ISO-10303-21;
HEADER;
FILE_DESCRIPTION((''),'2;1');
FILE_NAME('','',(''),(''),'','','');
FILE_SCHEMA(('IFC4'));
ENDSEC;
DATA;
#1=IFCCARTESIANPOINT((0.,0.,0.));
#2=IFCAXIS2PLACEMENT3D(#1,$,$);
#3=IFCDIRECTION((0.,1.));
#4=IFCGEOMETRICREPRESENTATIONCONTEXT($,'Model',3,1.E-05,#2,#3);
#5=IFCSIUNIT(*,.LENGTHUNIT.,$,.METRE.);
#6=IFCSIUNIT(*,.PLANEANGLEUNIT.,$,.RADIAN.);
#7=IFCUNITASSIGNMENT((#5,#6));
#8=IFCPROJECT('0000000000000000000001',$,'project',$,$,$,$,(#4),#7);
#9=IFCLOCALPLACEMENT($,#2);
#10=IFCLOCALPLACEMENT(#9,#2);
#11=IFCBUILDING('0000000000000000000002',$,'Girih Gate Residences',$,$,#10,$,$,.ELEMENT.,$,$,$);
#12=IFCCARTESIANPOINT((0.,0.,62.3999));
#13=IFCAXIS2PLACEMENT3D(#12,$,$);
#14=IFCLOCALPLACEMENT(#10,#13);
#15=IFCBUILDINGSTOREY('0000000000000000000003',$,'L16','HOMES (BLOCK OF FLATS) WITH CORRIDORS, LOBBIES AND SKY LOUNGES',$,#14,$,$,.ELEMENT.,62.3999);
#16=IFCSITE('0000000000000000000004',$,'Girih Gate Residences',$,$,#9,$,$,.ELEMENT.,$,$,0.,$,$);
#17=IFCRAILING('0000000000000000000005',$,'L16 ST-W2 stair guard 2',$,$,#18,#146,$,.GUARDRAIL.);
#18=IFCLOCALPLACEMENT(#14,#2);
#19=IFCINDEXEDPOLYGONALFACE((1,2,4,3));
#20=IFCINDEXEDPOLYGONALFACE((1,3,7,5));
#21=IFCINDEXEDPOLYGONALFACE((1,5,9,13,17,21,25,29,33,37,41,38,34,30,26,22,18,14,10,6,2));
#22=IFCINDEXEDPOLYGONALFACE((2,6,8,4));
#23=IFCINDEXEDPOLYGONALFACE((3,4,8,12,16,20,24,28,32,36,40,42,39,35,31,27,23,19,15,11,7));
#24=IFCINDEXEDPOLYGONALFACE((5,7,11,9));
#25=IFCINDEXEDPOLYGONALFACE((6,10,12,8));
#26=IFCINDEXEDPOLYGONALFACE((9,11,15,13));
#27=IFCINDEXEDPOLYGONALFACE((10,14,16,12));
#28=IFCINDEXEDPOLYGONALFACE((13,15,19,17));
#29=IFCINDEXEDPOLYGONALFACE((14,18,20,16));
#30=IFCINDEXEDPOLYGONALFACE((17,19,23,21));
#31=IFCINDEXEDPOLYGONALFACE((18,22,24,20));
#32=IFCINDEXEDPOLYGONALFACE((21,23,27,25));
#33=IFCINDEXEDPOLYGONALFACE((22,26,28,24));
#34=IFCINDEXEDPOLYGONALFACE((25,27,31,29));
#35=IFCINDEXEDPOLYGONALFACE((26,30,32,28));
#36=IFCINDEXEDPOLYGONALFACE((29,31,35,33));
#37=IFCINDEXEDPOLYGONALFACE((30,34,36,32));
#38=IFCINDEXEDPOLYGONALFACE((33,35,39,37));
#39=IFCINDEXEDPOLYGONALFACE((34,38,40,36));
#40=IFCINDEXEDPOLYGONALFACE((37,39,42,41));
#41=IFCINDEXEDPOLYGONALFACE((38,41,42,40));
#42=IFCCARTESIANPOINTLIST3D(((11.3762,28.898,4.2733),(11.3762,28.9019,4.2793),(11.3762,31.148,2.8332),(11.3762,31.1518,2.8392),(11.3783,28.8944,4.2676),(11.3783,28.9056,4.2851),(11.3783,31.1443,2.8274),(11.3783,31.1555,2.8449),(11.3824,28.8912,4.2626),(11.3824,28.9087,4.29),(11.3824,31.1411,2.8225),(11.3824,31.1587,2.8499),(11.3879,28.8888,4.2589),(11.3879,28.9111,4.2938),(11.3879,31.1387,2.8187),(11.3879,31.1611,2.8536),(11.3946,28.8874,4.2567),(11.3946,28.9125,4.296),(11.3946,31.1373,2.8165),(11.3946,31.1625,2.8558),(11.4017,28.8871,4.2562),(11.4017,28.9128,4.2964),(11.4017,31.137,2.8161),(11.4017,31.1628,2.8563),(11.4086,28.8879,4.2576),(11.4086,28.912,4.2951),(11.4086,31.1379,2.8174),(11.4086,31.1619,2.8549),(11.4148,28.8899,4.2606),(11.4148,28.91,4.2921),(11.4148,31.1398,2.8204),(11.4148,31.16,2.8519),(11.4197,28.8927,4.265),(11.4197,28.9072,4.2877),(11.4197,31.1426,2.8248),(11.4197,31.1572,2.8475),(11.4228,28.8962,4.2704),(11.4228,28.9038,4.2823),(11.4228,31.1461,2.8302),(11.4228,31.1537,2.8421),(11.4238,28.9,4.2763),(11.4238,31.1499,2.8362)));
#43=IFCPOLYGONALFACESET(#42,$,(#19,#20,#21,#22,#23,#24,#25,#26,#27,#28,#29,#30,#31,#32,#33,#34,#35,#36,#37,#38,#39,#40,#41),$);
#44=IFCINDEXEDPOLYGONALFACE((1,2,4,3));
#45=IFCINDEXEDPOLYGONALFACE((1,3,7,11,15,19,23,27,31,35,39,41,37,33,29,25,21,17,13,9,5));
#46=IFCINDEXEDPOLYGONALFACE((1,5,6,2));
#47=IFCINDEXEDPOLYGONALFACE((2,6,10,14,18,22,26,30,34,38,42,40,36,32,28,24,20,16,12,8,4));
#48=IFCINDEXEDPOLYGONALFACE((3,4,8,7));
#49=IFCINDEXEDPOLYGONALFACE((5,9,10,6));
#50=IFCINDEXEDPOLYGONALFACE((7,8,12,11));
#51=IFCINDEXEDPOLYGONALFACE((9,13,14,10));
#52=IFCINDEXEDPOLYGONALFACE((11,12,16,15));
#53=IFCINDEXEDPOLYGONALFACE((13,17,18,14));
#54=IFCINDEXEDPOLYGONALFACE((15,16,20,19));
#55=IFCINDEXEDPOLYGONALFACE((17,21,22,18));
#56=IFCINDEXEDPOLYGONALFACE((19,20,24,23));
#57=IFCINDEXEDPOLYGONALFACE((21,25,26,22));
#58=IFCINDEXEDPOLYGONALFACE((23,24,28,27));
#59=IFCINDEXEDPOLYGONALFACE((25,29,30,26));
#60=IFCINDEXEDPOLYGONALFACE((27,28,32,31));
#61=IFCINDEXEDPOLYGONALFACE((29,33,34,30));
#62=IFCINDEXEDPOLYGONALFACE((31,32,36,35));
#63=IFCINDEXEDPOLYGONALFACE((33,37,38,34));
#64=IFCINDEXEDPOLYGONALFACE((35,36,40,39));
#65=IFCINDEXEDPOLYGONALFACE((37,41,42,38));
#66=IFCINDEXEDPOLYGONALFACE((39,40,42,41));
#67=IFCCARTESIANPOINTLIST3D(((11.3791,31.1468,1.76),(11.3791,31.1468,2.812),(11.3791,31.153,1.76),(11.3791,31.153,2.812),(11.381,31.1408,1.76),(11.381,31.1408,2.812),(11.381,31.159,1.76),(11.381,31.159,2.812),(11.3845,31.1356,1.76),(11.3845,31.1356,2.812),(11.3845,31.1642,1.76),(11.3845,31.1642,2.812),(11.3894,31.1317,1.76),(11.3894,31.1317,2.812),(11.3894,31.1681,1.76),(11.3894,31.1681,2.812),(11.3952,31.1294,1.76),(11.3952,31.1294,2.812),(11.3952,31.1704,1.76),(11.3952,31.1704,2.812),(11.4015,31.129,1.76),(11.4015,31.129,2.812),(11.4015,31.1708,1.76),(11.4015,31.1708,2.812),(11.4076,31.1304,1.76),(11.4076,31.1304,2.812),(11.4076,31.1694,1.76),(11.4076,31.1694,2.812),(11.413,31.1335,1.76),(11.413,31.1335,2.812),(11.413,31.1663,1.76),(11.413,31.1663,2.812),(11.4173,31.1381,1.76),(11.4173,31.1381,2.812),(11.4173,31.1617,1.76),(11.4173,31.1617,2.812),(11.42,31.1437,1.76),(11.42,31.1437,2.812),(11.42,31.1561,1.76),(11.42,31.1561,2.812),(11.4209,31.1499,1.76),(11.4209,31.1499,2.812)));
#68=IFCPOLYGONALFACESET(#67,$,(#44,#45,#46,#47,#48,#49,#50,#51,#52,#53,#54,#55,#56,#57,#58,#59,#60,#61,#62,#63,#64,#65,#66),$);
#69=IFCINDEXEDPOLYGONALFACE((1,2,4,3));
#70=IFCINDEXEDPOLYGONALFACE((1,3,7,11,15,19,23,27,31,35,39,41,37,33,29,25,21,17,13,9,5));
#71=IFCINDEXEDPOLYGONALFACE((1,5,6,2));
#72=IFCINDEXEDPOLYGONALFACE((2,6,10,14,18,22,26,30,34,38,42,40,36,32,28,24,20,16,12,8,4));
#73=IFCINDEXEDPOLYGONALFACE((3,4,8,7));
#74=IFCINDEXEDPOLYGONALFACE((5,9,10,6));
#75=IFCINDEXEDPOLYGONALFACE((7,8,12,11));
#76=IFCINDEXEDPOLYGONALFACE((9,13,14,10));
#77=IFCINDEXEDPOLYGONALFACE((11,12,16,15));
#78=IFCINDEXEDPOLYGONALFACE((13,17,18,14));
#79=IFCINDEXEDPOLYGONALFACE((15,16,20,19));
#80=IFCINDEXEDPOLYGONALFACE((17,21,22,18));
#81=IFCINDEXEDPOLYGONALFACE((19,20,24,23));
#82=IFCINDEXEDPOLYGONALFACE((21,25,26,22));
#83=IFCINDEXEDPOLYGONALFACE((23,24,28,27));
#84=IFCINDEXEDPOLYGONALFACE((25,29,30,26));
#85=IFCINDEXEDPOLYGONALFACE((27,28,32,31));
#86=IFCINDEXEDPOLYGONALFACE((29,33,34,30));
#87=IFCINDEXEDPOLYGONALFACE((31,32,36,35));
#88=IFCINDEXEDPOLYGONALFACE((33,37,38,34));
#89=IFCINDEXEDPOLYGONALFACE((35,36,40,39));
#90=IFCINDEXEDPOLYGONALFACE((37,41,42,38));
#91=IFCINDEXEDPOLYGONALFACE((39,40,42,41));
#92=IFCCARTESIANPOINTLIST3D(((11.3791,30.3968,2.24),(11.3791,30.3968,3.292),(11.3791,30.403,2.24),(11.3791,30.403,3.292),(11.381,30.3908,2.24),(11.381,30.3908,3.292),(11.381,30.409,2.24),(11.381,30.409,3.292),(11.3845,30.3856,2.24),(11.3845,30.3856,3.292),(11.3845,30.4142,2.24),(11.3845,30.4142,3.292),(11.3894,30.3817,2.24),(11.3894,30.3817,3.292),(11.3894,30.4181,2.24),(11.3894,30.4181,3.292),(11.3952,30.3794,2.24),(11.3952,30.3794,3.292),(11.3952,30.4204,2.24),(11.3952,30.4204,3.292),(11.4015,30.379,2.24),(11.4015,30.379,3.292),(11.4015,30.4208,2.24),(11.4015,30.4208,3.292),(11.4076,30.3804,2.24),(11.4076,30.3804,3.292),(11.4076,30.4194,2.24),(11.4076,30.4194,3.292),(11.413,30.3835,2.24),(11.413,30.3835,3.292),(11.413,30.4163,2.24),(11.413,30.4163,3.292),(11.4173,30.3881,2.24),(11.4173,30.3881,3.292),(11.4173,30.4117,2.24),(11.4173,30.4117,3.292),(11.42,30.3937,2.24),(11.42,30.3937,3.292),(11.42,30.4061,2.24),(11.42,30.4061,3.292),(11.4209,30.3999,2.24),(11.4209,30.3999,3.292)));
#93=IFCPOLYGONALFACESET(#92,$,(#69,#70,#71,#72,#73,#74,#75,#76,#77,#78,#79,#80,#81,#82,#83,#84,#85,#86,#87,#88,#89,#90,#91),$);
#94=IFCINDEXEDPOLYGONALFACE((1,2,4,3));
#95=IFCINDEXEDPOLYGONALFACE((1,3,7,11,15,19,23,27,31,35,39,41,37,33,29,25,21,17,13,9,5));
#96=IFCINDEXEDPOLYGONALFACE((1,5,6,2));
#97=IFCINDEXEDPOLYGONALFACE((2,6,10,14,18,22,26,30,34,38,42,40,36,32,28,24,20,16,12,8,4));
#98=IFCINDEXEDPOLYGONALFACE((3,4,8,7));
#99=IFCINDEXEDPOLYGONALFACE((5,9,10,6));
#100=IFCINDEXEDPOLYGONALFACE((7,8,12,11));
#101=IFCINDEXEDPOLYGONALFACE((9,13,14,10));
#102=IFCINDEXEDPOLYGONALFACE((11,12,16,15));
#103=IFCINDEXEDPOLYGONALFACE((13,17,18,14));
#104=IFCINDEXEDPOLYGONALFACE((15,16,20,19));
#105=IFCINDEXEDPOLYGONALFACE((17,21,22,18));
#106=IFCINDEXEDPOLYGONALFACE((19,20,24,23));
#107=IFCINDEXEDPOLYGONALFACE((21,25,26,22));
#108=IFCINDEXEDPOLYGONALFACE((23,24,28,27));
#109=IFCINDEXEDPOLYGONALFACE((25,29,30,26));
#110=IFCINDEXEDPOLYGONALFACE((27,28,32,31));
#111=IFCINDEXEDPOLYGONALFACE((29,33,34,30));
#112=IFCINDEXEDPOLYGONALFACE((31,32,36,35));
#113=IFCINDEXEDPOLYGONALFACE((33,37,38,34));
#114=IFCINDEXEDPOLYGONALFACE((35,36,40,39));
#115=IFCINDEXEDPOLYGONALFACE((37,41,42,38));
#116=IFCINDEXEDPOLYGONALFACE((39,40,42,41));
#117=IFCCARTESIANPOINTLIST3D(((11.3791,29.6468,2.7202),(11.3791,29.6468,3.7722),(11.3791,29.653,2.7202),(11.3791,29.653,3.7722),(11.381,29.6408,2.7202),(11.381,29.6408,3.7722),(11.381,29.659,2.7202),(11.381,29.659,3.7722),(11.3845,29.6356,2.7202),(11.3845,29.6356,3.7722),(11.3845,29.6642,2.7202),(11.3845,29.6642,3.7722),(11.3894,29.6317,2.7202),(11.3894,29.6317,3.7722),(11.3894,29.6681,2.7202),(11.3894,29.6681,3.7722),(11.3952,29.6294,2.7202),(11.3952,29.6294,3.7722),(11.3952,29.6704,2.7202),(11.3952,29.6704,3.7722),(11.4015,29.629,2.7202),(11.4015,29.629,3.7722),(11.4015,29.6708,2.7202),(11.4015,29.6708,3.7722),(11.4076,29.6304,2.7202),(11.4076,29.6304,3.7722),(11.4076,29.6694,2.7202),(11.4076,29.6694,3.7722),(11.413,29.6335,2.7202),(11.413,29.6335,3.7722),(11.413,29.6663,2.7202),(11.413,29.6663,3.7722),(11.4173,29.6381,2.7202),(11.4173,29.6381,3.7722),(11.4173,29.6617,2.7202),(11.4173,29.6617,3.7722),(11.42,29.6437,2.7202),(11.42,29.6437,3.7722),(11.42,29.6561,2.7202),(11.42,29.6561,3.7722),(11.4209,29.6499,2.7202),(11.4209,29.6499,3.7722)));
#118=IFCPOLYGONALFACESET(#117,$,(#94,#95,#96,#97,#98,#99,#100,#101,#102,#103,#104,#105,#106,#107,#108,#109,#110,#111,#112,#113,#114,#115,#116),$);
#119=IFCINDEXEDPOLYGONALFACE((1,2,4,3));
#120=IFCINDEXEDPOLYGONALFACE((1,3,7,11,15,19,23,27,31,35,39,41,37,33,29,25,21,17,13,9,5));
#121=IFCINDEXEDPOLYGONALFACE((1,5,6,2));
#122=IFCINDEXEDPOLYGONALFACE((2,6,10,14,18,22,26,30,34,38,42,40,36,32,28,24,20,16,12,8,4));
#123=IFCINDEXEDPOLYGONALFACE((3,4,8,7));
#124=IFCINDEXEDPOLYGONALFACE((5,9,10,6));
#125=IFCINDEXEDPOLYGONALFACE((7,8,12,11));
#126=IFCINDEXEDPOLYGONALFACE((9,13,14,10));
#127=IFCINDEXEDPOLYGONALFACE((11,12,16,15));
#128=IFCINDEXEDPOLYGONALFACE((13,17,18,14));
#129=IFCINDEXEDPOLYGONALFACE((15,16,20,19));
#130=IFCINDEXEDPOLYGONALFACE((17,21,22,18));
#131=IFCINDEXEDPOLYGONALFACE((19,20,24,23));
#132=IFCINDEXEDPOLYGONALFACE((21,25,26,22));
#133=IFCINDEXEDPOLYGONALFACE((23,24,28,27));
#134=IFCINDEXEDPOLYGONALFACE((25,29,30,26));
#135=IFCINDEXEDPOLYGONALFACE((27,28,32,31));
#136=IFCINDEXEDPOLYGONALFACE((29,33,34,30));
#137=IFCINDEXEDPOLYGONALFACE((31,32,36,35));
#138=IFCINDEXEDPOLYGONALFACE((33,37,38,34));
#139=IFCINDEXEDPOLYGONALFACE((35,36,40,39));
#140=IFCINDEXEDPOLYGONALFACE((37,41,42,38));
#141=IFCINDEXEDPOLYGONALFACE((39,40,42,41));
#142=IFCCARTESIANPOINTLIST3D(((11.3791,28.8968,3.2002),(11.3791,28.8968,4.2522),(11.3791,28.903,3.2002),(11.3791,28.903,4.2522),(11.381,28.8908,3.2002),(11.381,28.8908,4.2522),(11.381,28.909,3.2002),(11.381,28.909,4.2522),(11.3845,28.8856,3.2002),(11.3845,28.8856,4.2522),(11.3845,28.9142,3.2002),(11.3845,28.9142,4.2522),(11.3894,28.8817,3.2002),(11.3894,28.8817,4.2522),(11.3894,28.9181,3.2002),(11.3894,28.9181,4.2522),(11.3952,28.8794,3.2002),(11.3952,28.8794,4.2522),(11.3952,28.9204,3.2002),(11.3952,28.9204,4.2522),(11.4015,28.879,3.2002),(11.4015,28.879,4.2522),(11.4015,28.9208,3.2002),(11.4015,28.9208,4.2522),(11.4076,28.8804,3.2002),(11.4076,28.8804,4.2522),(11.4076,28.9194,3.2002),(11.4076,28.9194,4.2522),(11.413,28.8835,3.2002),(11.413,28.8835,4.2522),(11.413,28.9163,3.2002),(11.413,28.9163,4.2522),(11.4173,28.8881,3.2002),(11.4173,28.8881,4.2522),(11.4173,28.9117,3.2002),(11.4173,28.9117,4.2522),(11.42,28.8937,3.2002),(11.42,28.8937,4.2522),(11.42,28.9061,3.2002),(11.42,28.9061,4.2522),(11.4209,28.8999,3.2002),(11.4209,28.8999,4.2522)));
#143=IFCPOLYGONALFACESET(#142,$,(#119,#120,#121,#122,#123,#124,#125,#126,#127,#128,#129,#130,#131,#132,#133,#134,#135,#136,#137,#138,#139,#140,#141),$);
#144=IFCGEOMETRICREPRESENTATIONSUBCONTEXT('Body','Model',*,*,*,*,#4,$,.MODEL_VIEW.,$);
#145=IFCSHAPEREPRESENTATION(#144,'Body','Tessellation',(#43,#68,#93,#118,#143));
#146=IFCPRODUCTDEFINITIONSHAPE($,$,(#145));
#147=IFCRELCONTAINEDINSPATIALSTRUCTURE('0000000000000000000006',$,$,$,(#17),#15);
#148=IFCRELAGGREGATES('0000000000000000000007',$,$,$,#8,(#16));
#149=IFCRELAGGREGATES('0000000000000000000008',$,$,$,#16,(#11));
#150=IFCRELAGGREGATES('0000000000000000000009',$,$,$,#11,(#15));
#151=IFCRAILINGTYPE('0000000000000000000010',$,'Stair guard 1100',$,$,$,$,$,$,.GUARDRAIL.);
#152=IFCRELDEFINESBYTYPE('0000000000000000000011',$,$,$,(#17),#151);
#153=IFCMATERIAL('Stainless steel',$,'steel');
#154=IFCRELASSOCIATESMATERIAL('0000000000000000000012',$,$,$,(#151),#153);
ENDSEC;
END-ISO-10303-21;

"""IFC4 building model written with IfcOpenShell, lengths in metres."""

from ifc_helpers import new_model, si_unit, direction, frame, origin, origin_2d, place, context, subcontext, project, spatial, circle, extrude, material, type_object, element, save


model = new_model("IFC4")

# Units and contexts
model_context = context("Model", 3, precision=1e-05, world=origin(), true_north=direction((0.0, 1.0)))
body_context = subcontext(model_context, "Body", "Model", "MODEL_VIEW")
ifc_project = project(units=[si_unit("LENGTHUNIT", "METRE"), si_unit("PLANEANGLEUNIT", "RADIAN")], contexts=[model_context])

# Site, building, storey
site_placement = place(None, origin())
site = spatial("IfcSite", under=ifc_project, at=site_placement, Name="Girih Gate Residences", CompositionType="ELEMENT", RefElevation=0.0)
building_placement = place(site_placement, origin())
building = spatial("IfcBuilding", under=site, at=building_placement, Name="Girih Gate Residences", CompositionType="ELEMENT")
storey_placement = place(building_placement, frame((0.0, 0.0, 62.3999)))
storey = spatial("IfcBuildingStorey", under=building, at=storey_placement, Name="L16", Description="HOMES (BLOCK OF FLATS) WITH CORRIDORS, LOBBIES AND SKY LOUNGES", CompositionType="ELEMENT", Elevation=62.3999)

# Railing
ifc_material_1 = material(Name="Stainless steel", Category="steel")
railing_type_1 = type_object("IfcRailingType", Name="Stair guard 1100", PredefinedType="GUARDRAIL", material=ifc_material_1)
railing_1_placement = place(storey_placement, frame((11.3999, 31.1499, 1.76)))
element("IfcRailing", 1, at=railing_1_placement, inside=storey, type_object=railing_type_1, Name="L16 ST-W2 stair guard 2", PredefinedType="GUARDRAIL", context=body_context, shape_type="SweptSolid", body=[
    extrude(circle(Radius=0.0239, at=origin_2d()), frame((0.0, 0.0, 1.0762), z_axis=(0.0, -0.84224, 0.539103), x_axis=(1.0, 0.0, 0.0)), (0.0, 0.0, 1.0), 2.6714),
    extrude(circle(Radius=0.021, at=origin_2d()), origin(), (0.0, 0.0, 1.0), 1.052),
    extrude(circle(Radius=0.021, at=origin_2d()), frame((0.0, -0.75, 0.48)), (0.0, 0.0, 1.0), 1.052),
    extrude(circle(Radius=0.021, at=origin_2d()), frame((0.0, -1.5, 0.9602)), (0.0, 0.0, 1.0), 1.052),
    extrude(circle(Radius=0.021, at=origin_2d()), frame((0.0, -2.25, 1.4402)), (0.0, 0.0, 1.0), 1.052),
])

save(model, "model.ifc")
